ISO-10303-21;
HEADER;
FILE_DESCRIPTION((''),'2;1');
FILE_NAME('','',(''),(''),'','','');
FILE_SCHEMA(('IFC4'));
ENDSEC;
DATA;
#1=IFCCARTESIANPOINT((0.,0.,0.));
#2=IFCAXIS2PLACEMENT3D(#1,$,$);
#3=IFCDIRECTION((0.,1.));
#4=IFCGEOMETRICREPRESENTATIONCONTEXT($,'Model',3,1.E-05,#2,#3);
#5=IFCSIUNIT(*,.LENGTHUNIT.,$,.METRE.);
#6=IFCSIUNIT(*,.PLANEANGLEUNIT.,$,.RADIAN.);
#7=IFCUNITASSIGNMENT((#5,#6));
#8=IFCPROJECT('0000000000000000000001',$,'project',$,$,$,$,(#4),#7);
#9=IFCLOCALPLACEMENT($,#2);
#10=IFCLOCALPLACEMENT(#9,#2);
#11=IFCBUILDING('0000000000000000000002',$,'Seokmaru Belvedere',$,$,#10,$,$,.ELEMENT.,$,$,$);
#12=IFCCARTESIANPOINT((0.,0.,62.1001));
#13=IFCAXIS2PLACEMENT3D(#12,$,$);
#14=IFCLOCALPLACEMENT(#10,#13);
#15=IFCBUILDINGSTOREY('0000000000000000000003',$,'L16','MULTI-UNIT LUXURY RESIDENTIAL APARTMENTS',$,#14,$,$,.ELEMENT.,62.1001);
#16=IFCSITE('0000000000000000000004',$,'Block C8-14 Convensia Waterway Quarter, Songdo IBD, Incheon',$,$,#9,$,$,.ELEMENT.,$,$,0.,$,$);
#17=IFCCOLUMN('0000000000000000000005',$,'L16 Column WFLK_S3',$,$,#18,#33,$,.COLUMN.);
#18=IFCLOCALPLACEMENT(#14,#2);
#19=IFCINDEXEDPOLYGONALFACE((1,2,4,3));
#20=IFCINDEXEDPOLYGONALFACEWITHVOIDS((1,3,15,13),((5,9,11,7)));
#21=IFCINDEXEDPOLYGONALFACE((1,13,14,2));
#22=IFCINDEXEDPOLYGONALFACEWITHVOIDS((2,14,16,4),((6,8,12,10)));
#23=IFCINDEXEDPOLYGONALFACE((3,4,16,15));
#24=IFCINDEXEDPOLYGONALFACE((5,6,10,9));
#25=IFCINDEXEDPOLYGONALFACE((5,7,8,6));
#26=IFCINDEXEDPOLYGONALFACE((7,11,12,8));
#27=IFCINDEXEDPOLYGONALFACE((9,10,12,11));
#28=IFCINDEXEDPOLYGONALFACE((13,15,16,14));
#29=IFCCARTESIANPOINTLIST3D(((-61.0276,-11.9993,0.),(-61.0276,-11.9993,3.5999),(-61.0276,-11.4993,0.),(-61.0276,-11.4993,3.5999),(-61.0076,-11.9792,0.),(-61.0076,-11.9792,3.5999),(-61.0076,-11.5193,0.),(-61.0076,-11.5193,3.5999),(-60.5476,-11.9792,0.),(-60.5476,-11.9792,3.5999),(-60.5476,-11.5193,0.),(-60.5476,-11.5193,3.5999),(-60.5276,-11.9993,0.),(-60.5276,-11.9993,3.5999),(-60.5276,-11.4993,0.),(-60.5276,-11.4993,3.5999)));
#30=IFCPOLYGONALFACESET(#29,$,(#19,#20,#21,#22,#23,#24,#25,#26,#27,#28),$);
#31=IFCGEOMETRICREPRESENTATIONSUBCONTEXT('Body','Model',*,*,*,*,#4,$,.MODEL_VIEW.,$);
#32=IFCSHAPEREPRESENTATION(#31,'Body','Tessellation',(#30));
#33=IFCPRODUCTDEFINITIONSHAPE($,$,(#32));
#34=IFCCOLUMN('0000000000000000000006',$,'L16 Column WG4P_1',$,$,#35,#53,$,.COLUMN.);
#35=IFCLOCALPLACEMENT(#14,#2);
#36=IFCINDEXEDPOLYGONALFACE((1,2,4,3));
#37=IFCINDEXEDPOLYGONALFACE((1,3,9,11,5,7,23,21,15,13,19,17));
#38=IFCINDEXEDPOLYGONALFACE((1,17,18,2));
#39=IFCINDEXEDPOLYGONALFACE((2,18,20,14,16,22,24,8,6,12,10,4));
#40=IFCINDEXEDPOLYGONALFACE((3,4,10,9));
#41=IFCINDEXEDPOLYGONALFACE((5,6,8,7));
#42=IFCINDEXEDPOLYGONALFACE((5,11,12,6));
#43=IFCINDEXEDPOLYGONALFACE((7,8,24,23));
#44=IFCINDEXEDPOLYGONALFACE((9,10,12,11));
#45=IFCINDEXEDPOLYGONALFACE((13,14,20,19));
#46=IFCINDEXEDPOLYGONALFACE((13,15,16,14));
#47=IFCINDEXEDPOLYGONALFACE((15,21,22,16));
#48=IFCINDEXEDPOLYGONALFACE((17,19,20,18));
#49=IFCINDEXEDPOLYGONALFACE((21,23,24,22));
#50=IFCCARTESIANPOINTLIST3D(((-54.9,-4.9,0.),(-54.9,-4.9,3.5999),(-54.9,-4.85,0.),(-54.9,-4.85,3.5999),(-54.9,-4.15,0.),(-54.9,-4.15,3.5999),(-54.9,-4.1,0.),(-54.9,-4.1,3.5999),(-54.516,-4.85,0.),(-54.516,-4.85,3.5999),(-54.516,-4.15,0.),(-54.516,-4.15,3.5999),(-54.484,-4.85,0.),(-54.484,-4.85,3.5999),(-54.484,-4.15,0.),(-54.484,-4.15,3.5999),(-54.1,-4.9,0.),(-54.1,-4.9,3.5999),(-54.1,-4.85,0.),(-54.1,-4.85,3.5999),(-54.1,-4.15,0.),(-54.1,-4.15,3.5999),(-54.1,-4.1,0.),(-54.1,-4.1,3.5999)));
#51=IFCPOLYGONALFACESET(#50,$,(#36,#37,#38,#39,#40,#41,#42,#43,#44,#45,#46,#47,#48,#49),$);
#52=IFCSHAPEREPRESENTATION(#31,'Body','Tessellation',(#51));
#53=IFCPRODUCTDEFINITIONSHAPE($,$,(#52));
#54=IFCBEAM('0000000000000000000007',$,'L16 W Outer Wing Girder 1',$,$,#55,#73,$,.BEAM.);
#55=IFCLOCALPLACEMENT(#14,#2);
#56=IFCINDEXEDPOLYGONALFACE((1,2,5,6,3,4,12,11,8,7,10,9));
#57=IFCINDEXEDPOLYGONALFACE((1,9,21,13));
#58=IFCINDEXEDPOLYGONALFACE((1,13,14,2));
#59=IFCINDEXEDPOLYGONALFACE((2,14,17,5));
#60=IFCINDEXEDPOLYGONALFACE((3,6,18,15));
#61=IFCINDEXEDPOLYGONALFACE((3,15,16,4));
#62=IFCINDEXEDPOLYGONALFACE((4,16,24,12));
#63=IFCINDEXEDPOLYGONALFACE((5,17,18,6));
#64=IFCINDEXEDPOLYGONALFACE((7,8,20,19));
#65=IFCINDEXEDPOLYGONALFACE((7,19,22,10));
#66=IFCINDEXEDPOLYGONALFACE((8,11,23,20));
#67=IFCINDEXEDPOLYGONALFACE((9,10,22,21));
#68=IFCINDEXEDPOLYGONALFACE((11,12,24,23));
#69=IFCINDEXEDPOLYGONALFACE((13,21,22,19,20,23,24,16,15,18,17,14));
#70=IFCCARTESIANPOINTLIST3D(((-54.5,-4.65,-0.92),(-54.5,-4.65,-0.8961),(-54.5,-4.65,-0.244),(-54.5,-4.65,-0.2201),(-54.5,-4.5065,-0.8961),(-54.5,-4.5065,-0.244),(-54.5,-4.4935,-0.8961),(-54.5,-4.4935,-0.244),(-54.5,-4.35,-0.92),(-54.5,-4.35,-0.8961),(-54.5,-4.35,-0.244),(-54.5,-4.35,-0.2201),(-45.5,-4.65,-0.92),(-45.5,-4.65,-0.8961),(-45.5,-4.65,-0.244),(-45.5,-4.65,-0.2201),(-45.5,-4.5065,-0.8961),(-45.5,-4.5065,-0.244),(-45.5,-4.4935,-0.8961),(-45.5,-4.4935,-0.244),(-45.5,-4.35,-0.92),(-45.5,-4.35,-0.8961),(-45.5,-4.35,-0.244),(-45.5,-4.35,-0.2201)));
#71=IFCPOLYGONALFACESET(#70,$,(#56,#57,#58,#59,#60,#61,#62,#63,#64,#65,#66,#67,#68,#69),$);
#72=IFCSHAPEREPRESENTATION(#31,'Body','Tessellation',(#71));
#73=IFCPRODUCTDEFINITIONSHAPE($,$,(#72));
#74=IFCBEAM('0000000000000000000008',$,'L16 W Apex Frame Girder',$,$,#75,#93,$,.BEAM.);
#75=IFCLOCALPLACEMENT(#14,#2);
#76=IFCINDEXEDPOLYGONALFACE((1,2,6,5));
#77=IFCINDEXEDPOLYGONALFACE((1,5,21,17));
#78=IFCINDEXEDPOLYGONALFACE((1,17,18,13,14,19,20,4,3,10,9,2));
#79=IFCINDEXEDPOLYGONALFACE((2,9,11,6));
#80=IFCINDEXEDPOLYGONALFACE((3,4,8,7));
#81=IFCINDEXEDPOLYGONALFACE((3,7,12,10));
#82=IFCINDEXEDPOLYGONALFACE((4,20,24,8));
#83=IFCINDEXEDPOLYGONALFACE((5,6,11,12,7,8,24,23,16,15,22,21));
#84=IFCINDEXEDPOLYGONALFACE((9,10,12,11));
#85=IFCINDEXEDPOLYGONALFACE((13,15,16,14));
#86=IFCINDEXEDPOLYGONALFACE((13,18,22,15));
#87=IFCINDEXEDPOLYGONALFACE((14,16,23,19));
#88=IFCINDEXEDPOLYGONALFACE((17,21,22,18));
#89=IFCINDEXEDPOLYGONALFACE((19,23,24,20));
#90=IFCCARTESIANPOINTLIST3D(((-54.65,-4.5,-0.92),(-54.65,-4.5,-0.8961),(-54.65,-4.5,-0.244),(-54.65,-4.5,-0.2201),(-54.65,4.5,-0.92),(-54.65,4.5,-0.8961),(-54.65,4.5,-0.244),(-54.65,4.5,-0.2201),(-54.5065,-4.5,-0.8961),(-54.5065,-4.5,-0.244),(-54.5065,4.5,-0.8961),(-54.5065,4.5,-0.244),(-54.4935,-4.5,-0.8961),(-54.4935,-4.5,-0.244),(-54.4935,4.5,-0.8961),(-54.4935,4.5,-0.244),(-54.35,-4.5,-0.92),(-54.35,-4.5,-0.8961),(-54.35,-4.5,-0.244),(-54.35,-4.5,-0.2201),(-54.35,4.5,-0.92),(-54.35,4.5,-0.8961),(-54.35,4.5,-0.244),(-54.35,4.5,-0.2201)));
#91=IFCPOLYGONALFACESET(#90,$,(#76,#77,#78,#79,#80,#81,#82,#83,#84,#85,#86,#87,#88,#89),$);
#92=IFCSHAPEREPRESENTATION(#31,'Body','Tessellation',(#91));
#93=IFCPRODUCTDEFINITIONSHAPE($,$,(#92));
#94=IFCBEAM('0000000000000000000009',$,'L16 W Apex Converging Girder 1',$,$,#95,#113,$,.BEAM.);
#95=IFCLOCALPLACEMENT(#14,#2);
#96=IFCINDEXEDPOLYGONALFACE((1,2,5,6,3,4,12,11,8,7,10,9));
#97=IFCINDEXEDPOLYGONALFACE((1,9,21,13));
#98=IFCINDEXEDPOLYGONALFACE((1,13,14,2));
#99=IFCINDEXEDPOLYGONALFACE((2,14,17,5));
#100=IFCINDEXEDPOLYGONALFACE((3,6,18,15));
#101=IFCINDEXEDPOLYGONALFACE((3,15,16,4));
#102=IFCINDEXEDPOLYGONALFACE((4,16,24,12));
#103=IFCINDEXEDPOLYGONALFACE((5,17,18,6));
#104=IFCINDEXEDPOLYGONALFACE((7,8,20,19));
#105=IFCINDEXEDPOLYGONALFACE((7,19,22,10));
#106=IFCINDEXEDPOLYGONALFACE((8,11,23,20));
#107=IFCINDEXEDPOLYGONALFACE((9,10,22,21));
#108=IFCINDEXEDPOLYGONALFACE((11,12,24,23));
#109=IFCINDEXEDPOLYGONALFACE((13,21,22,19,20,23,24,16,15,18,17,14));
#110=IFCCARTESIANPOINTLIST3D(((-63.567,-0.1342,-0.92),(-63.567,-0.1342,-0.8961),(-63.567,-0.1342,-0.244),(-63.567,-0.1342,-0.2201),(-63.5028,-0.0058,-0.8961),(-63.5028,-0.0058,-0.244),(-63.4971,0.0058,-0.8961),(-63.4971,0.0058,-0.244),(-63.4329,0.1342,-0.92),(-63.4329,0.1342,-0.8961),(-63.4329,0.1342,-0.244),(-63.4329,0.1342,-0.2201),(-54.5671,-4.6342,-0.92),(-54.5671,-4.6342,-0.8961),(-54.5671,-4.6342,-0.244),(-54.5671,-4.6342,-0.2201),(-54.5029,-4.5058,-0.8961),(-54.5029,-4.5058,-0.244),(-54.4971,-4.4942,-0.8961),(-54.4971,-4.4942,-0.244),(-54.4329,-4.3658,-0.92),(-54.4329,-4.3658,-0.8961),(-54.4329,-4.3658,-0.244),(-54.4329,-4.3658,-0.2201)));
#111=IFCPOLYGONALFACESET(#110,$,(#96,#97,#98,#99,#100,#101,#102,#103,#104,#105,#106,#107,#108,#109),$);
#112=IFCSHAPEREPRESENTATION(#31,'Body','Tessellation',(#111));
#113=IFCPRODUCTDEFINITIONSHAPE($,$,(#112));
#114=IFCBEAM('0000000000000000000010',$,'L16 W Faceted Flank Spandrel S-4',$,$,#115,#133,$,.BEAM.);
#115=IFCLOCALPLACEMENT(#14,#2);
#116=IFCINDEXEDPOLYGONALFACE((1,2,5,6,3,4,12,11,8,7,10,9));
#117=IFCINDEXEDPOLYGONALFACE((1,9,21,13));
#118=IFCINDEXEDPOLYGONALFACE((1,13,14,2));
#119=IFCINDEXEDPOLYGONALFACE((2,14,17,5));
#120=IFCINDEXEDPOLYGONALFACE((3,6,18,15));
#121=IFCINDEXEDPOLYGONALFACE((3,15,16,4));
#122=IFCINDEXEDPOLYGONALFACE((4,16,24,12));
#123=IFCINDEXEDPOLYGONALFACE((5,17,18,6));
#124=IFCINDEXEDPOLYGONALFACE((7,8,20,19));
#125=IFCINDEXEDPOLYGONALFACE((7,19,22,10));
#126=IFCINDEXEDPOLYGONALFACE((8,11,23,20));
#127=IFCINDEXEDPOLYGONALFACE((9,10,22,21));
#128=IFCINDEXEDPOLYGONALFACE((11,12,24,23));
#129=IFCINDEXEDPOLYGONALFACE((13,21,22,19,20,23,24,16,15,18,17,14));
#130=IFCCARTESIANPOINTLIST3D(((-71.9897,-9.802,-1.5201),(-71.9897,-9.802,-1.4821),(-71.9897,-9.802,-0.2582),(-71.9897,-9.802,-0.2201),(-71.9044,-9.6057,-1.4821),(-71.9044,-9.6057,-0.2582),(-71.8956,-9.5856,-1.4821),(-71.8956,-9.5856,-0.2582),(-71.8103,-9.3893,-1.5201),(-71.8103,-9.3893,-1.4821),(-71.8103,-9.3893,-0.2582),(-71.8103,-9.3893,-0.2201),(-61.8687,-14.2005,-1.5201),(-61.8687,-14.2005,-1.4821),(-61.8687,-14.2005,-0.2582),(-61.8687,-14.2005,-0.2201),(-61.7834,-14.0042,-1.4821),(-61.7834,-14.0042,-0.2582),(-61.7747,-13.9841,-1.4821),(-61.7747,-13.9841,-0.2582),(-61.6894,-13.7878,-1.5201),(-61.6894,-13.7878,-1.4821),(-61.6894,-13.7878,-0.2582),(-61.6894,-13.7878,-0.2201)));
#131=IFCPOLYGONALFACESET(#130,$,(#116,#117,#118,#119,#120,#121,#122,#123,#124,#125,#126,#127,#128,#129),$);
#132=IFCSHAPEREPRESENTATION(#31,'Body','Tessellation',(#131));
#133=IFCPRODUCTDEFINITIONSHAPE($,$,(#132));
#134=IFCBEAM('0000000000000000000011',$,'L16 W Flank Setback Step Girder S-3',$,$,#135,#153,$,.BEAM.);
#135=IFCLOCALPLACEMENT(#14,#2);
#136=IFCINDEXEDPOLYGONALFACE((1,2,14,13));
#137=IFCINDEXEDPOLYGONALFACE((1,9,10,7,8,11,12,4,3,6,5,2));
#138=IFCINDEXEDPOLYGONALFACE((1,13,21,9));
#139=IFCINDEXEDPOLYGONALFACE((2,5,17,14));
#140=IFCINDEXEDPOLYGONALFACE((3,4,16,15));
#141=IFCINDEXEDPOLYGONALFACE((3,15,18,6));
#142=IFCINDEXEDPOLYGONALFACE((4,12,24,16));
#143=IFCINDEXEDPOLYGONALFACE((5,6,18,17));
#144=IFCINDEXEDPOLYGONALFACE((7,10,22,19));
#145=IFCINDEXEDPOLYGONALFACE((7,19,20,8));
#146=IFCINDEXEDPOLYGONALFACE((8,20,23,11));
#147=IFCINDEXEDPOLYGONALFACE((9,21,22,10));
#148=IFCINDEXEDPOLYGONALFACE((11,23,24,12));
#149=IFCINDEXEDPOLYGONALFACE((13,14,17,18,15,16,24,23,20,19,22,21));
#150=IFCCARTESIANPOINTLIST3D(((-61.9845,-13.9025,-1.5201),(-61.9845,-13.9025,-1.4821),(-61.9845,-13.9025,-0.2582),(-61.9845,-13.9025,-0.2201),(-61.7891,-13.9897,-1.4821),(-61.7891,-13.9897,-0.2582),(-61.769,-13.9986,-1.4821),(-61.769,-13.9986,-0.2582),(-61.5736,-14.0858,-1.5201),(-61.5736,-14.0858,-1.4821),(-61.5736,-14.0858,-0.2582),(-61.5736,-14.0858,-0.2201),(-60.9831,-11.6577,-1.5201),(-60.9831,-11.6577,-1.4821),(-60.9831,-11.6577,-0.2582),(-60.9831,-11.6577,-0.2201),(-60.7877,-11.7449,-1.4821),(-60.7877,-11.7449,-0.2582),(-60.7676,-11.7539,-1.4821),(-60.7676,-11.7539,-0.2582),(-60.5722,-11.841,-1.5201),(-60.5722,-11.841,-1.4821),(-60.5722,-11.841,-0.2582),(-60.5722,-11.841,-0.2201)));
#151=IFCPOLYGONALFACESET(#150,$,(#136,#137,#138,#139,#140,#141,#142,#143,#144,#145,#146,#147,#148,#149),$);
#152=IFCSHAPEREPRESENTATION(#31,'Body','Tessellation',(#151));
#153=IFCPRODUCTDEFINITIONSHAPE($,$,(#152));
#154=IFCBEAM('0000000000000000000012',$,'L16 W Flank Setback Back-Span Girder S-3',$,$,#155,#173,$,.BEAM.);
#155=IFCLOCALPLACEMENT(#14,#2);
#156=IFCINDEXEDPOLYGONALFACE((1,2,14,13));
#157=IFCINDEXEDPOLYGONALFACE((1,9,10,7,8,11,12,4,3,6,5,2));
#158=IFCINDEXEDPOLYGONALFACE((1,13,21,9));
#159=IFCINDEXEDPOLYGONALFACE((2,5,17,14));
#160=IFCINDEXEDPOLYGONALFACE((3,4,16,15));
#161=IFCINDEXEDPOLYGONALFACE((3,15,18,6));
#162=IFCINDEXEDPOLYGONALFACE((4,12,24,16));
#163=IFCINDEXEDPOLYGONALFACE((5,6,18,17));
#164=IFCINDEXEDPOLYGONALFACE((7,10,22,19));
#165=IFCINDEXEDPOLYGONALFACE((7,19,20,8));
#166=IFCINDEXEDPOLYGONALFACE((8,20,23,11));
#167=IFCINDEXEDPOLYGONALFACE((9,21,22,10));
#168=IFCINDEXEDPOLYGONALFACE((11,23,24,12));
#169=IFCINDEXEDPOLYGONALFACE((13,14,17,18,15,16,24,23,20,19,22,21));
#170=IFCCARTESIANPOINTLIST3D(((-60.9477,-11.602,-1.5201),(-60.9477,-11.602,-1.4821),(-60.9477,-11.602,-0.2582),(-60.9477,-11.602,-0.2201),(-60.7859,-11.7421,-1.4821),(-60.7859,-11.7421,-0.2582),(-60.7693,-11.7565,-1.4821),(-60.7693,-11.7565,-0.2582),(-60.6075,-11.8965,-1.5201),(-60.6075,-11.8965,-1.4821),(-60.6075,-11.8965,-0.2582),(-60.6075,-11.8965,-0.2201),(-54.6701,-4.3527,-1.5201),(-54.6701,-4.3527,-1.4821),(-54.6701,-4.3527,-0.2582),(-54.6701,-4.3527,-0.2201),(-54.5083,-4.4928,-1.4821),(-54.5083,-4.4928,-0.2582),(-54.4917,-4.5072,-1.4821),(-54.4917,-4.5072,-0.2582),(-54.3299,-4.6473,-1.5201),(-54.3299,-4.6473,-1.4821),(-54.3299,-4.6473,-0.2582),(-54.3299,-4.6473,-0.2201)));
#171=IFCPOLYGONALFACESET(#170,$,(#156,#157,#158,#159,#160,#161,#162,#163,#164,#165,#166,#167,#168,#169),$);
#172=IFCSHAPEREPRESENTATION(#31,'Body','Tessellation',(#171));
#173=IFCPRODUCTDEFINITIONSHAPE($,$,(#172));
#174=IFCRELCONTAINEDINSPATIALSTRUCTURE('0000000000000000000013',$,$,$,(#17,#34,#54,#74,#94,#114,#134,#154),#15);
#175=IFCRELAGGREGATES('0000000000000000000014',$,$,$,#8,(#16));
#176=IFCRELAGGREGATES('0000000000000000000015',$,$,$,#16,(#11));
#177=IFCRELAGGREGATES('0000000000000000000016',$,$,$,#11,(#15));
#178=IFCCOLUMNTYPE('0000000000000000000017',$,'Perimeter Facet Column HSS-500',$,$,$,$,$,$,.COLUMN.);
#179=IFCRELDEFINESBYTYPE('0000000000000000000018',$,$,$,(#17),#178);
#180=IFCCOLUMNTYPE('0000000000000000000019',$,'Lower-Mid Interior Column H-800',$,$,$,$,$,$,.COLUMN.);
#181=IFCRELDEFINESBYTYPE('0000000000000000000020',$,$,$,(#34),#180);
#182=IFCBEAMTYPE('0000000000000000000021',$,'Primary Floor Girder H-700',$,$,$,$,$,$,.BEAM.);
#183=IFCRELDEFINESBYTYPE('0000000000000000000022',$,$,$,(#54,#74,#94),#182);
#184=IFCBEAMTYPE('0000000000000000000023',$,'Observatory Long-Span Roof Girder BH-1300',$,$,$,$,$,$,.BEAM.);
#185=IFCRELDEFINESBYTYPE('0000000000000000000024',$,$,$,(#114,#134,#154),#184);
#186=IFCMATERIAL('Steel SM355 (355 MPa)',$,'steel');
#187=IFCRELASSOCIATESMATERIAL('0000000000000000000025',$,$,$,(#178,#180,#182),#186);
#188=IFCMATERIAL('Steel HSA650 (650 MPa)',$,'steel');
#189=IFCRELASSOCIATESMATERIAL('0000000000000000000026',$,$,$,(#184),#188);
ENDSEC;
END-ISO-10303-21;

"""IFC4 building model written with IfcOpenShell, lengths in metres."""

from ifc_helpers import new_model, si_unit, direction, frame, origin, origin_2d, place, context, subcontext, project, spatial, hollow_rectangle, i_section, extrude, source, transform, mapped, material, material_profile, profile_set, type_object, type_shapes, element, save


model = new_model("IFC4")

# Units and contexts
model_context = context("Model", 3, precision=1e-05, world=origin(), true_north=direction((0.0, 1.0)))
body_context = subcontext(model_context, "Body", "Model", "MODEL_VIEW")
ifc_project = project(units=[si_unit("LENGTHUNIT", "METRE"), si_unit("PLANEANGLEUNIT", "RADIAN")], contexts=[model_context])

# Site, building, storey
site_placement = place(None, origin())
site = spatial("IfcSite", under=ifc_project, at=site_placement, Name="Block C8-14 Convensia Waterway Quarter, Songdo IBD, Incheon", CompositionType="ELEMENT", RefElevation=0.0)
building_placement = place(site_placement, origin())
building = spatial("IfcBuilding", under=site, at=building_placement, Name="Seokmaru Belvedere", CompositionType="ELEMENT")
storey_placement = place(building_placement, frame((0.0, 0.0, 62.1001)))
storey = spatial("IfcBuildingStorey", under=building, at=storey_placement, Name="L16", Description="MULTI-UNIT LUXURY RESIDENTIAL APARTMENTS", CompositionType="ELEMENT", Elevation=62.1001)

# Columns
ifc_material_1 = material(Name="Steel SM355 (355 MPa)", Category="steel")
ifc_material_profile_1 = material_profile(ifc_material_1, hollow_rectangle(XDim=0.5, YDim=0.5, WallThickness=0.02, at=origin_2d()), Name="HSS-500x500x20")
ifc_profile_set_1 = profile_set([ifc_material_profile_1], Name="Steel SM355 (355 MPa)")
column_type_1 = type_object("IfcColumnType", Name="Perimeter Facet Column HSS-500", PredefinedType="COLUMN", material=ifc_profile_set_1)
shared_shape_1 = source(origin(), body_context, "Body", "SweptSolid", [
    extrude(hollow_rectangle(XDim=0.5, YDim=0.5, WallThickness=0.02, at=origin_2d()), origin(), (0.0, 0.0, 1.0), 3.5999),
])
type_shapes(column_type_1, [shared_shape_1])
column_1_placement = place(storey_placement, frame((-60.7776, -11.7493, 0.0), z_axis=(0.0, 0.0, 1.0), x_axis=(1.0, 0.0, 0.0)))
element("IfcColumn", 1, at=column_1_placement, inside=storey, type_object=column_type_1, Name="L16 Column WFLK_S3", PredefinedType="COLUMN", context=body_context, shape_type="MappedRepresentation", body=[
    mapped(shared_shape_1, transform((0.0, 0.0, 0.0), scale=1.0)),
])
ifc_material_profile_2 = material_profile(ifc_material_1, i_section(OverallWidth=0.8, OverallDepth=0.8, WebThickness=0.032, FlangeThickness=0.05, at=origin_2d()), Name="H-800x800x32x50")
ifc_profile_set_2 = profile_set([ifc_material_profile_2], Name="Steel SM355 (355 MPa)")
column_type_2 = type_object("IfcColumnType", Name="Lower-Mid Interior Column H-800", PredefinedType="COLUMN", material=ifc_profile_set_2)
shared_shape_2 = source(origin(), body_context, "Body", "SweptSolid", [
    extrude(i_section(OverallWidth=0.8, OverallDepth=0.8, WebThickness=0.032, FlangeThickness=0.05, at=origin_2d()), origin(), (0.0, 0.0, 1.0), 3.5999),
])
type_shapes(column_type_2, [shared_shape_2])
column_2_placement = place(storey_placement, frame((-54.5, -4.5, 0.0), z_axis=(0.0, 0.0, 1.0), x_axis=(1.0, 0.0, 0.0)))
element("IfcColumn", 2, at=column_2_placement, inside=storey, type_object=column_type_2, Name="L16 Column WG4P_1", PredefinedType="COLUMN", context=body_context, shape_type="MappedRepresentation", body=[
    mapped(shared_shape_2, transform((0.0, 0.0, 0.0), scale=1.0)),
])

# Beams
ifc_material_profile_3 = material_profile(ifc_material_1, i_section(OverallWidth=0.3, OverallDepth=0.7, WebThickness=0.0129, FlangeThickness=0.0239, at=origin_2d()), Name="H-700x300x13x24")
ifc_profile_set_3 = profile_set([ifc_material_profile_3], Name="Steel SM355 (355 MPa)")
beam_type_1 = type_object("IfcBeamType", Name="Primary Floor Girder H-700", PredefinedType="BEAM", material=ifc_profile_set_3)
shared_shape_3 = source(origin(), body_context, "Body", "SweptSolid", [
    extrude(i_section(OverallWidth=0.3, OverallDepth=0.7, WebThickness=0.0129, FlangeThickness=0.0239, at=origin_2d()), origin(), (0.0, 0.0, 1.0), 9.0),
])
for number, where, z_axis, x_axis, name in (
    (3, (-54.5, -4.5, -0.5701), (1.0, 0.0, 0.0), (0.0, 1.0, 0.0), "L16 W Outer Wing Girder 1"),
    (4, (-54.5, -4.5, -0.5701), (0.0, 1.0, 0.0), (-1.0, 0.0, 0.0), "L16 W Apex Frame Girder"),
):
    element("IfcBeam", number, at=place(storey_placement, frame(where, z_axis=z_axis, x_axis=x_axis)), inside=storey, type_object=beam_type_1, Name=name, PredefinedType="BEAM", context=body_context, shape_type="MappedRepresentation", body=[
        mapped(shared_shape_3, transform((0.0, 0.0, 0.0), scale=1.0)),
    ])
shared_shape_4 = source(origin(), body_context, "Body", "SweptSolid", [
    extrude(i_section(OverallWidth=0.3, OverallDepth=0.7, WebThickness=0.0129, FlangeThickness=0.0239, at=origin_2d()), origin(), (0.0, 0.0, 1.0), 10.0623),
])
type_shapes(beam_type_1, [shared_shape_3, shared_shape_4])
beam_1_placement = place(storey_placement, frame((-54.5, -4.5, -0.5701), z_axis=(-0.894427, 0.447214, 0.0), x_axis=(-0.447214, -0.894427, 0.0)))
element("IfcBeam", 5, at=beam_1_placement, inside=storey, type_object=beam_type_1, Name="L16 W Apex Converging Girder 1", PredefinedType="BEAM", context=body_context, shape_type="MappedRepresentation", body=[
    mapped(shared_shape_4, transform((0.0, 0.0, 0.0), scale=1.0)),
])
ifc_material_2 = material(Name="Steel HSA650 (650 MPa)", Category="steel")
ifc_material_profile_4 = material_profile(ifc_material_2, i_section(OverallWidth=0.45, OverallDepth=1.3, WebThickness=0.022, FlangeThickness=0.0381, at=origin_2d()), Name="BH-1300x450x22x38")
ifc_profile_set_4 = profile_set([ifc_material_profile_4], Name="Steel HSA650 (650 MPa)")
beam_type_2 = type_object("IfcBeamType", Name="Observatory Long-Span Roof Girder BH-1300", PredefinedType="BEAM", material=ifc_profile_set_4)
shared_shape_5 = source(origin(), body_context, "Body", "SweptSolid", [
    extrude(i_section(OverallWidth=0.45, OverallDepth=1.3, WebThickness=0.022, FlangeThickness=0.0381, at=origin_2d()), origin(), (0.0, 0.0, 1.0), 11.0354),
])
beam_2_placement = place(storey_placement, frame((-61.7791, -13.9941, -0.8701), z_axis=(-0.917134, 0.398579, 0.0), x_axis=(-0.398579, -0.917134, 0.0)))
element("IfcBeam", 6, at=beam_2_placement, inside=storey, type_object=beam_type_2, Name="L16 W Faceted Flank Spandrel S-4", PredefinedType="BEAM", context=body_context, shape_type="MappedRepresentation", body=[
    mapped(shared_shape_5, transform((0.0, 0.0, 0.0), scale=1.0)),
])
shared_shape_6 = source(origin(), body_context, "Body", "SweptSolid", [
    extrude(i_section(OverallWidth=0.45, OverallDepth=1.3, WebThickness=0.022, FlangeThickness=0.0381, at=origin_2d()), origin(), (0.0, 0.0, 1.0), 2.458),
])
beam_3_placement = place(storey_placement, frame((-61.7791, -13.9941, -0.8701), z_axis=(0.40741, 0.913245, 0.0), x_axis=(-0.913245, 0.40741, 0.0)))
element("IfcBeam", 7, at=beam_3_placement, inside=storey, type_object=beam_type_2, Name="L16 W Flank Setback Step Girder S-3", PredefinedType="BEAM", context=body_context, shape_type="MappedRepresentation", body=[
    mapped(shared_shape_6, transform((0.0, 0.0, 0.0), scale=1.0)),
])
shared_shape_7 = source(origin(), body_context, "Body", "SweptSolid", [
    extrude(i_section(OverallWidth=0.45, OverallDepth=1.3, WebThickness=0.022, FlangeThickness=0.0381, at=origin_2d()), origin(), (0.0, 0.0, 1.0), 9.5896),
])
type_shapes(beam_type_2, [shared_shape_5, shared_shape_6, shared_shape_7])
beam_4_placement = place(storey_placement, frame((-60.7776, -11.7493, -0.8701), z_axis=(0.654626, 0.755953, 0.0), x_axis=(-0.755953, 0.654626, 0.0)))
element("IfcBeam", 8, at=beam_4_placement, inside=storey, type_object=beam_type_2, Name="L16 W Flank Setback Back-Span Girder S-3", PredefinedType="BEAM", context=body_context, shape_type="MappedRepresentation", body=[
    mapped(shared_shape_7, transform((0.0, 0.0, 0.0), scale=1.0)),
])

save(model, "model.ifc")
